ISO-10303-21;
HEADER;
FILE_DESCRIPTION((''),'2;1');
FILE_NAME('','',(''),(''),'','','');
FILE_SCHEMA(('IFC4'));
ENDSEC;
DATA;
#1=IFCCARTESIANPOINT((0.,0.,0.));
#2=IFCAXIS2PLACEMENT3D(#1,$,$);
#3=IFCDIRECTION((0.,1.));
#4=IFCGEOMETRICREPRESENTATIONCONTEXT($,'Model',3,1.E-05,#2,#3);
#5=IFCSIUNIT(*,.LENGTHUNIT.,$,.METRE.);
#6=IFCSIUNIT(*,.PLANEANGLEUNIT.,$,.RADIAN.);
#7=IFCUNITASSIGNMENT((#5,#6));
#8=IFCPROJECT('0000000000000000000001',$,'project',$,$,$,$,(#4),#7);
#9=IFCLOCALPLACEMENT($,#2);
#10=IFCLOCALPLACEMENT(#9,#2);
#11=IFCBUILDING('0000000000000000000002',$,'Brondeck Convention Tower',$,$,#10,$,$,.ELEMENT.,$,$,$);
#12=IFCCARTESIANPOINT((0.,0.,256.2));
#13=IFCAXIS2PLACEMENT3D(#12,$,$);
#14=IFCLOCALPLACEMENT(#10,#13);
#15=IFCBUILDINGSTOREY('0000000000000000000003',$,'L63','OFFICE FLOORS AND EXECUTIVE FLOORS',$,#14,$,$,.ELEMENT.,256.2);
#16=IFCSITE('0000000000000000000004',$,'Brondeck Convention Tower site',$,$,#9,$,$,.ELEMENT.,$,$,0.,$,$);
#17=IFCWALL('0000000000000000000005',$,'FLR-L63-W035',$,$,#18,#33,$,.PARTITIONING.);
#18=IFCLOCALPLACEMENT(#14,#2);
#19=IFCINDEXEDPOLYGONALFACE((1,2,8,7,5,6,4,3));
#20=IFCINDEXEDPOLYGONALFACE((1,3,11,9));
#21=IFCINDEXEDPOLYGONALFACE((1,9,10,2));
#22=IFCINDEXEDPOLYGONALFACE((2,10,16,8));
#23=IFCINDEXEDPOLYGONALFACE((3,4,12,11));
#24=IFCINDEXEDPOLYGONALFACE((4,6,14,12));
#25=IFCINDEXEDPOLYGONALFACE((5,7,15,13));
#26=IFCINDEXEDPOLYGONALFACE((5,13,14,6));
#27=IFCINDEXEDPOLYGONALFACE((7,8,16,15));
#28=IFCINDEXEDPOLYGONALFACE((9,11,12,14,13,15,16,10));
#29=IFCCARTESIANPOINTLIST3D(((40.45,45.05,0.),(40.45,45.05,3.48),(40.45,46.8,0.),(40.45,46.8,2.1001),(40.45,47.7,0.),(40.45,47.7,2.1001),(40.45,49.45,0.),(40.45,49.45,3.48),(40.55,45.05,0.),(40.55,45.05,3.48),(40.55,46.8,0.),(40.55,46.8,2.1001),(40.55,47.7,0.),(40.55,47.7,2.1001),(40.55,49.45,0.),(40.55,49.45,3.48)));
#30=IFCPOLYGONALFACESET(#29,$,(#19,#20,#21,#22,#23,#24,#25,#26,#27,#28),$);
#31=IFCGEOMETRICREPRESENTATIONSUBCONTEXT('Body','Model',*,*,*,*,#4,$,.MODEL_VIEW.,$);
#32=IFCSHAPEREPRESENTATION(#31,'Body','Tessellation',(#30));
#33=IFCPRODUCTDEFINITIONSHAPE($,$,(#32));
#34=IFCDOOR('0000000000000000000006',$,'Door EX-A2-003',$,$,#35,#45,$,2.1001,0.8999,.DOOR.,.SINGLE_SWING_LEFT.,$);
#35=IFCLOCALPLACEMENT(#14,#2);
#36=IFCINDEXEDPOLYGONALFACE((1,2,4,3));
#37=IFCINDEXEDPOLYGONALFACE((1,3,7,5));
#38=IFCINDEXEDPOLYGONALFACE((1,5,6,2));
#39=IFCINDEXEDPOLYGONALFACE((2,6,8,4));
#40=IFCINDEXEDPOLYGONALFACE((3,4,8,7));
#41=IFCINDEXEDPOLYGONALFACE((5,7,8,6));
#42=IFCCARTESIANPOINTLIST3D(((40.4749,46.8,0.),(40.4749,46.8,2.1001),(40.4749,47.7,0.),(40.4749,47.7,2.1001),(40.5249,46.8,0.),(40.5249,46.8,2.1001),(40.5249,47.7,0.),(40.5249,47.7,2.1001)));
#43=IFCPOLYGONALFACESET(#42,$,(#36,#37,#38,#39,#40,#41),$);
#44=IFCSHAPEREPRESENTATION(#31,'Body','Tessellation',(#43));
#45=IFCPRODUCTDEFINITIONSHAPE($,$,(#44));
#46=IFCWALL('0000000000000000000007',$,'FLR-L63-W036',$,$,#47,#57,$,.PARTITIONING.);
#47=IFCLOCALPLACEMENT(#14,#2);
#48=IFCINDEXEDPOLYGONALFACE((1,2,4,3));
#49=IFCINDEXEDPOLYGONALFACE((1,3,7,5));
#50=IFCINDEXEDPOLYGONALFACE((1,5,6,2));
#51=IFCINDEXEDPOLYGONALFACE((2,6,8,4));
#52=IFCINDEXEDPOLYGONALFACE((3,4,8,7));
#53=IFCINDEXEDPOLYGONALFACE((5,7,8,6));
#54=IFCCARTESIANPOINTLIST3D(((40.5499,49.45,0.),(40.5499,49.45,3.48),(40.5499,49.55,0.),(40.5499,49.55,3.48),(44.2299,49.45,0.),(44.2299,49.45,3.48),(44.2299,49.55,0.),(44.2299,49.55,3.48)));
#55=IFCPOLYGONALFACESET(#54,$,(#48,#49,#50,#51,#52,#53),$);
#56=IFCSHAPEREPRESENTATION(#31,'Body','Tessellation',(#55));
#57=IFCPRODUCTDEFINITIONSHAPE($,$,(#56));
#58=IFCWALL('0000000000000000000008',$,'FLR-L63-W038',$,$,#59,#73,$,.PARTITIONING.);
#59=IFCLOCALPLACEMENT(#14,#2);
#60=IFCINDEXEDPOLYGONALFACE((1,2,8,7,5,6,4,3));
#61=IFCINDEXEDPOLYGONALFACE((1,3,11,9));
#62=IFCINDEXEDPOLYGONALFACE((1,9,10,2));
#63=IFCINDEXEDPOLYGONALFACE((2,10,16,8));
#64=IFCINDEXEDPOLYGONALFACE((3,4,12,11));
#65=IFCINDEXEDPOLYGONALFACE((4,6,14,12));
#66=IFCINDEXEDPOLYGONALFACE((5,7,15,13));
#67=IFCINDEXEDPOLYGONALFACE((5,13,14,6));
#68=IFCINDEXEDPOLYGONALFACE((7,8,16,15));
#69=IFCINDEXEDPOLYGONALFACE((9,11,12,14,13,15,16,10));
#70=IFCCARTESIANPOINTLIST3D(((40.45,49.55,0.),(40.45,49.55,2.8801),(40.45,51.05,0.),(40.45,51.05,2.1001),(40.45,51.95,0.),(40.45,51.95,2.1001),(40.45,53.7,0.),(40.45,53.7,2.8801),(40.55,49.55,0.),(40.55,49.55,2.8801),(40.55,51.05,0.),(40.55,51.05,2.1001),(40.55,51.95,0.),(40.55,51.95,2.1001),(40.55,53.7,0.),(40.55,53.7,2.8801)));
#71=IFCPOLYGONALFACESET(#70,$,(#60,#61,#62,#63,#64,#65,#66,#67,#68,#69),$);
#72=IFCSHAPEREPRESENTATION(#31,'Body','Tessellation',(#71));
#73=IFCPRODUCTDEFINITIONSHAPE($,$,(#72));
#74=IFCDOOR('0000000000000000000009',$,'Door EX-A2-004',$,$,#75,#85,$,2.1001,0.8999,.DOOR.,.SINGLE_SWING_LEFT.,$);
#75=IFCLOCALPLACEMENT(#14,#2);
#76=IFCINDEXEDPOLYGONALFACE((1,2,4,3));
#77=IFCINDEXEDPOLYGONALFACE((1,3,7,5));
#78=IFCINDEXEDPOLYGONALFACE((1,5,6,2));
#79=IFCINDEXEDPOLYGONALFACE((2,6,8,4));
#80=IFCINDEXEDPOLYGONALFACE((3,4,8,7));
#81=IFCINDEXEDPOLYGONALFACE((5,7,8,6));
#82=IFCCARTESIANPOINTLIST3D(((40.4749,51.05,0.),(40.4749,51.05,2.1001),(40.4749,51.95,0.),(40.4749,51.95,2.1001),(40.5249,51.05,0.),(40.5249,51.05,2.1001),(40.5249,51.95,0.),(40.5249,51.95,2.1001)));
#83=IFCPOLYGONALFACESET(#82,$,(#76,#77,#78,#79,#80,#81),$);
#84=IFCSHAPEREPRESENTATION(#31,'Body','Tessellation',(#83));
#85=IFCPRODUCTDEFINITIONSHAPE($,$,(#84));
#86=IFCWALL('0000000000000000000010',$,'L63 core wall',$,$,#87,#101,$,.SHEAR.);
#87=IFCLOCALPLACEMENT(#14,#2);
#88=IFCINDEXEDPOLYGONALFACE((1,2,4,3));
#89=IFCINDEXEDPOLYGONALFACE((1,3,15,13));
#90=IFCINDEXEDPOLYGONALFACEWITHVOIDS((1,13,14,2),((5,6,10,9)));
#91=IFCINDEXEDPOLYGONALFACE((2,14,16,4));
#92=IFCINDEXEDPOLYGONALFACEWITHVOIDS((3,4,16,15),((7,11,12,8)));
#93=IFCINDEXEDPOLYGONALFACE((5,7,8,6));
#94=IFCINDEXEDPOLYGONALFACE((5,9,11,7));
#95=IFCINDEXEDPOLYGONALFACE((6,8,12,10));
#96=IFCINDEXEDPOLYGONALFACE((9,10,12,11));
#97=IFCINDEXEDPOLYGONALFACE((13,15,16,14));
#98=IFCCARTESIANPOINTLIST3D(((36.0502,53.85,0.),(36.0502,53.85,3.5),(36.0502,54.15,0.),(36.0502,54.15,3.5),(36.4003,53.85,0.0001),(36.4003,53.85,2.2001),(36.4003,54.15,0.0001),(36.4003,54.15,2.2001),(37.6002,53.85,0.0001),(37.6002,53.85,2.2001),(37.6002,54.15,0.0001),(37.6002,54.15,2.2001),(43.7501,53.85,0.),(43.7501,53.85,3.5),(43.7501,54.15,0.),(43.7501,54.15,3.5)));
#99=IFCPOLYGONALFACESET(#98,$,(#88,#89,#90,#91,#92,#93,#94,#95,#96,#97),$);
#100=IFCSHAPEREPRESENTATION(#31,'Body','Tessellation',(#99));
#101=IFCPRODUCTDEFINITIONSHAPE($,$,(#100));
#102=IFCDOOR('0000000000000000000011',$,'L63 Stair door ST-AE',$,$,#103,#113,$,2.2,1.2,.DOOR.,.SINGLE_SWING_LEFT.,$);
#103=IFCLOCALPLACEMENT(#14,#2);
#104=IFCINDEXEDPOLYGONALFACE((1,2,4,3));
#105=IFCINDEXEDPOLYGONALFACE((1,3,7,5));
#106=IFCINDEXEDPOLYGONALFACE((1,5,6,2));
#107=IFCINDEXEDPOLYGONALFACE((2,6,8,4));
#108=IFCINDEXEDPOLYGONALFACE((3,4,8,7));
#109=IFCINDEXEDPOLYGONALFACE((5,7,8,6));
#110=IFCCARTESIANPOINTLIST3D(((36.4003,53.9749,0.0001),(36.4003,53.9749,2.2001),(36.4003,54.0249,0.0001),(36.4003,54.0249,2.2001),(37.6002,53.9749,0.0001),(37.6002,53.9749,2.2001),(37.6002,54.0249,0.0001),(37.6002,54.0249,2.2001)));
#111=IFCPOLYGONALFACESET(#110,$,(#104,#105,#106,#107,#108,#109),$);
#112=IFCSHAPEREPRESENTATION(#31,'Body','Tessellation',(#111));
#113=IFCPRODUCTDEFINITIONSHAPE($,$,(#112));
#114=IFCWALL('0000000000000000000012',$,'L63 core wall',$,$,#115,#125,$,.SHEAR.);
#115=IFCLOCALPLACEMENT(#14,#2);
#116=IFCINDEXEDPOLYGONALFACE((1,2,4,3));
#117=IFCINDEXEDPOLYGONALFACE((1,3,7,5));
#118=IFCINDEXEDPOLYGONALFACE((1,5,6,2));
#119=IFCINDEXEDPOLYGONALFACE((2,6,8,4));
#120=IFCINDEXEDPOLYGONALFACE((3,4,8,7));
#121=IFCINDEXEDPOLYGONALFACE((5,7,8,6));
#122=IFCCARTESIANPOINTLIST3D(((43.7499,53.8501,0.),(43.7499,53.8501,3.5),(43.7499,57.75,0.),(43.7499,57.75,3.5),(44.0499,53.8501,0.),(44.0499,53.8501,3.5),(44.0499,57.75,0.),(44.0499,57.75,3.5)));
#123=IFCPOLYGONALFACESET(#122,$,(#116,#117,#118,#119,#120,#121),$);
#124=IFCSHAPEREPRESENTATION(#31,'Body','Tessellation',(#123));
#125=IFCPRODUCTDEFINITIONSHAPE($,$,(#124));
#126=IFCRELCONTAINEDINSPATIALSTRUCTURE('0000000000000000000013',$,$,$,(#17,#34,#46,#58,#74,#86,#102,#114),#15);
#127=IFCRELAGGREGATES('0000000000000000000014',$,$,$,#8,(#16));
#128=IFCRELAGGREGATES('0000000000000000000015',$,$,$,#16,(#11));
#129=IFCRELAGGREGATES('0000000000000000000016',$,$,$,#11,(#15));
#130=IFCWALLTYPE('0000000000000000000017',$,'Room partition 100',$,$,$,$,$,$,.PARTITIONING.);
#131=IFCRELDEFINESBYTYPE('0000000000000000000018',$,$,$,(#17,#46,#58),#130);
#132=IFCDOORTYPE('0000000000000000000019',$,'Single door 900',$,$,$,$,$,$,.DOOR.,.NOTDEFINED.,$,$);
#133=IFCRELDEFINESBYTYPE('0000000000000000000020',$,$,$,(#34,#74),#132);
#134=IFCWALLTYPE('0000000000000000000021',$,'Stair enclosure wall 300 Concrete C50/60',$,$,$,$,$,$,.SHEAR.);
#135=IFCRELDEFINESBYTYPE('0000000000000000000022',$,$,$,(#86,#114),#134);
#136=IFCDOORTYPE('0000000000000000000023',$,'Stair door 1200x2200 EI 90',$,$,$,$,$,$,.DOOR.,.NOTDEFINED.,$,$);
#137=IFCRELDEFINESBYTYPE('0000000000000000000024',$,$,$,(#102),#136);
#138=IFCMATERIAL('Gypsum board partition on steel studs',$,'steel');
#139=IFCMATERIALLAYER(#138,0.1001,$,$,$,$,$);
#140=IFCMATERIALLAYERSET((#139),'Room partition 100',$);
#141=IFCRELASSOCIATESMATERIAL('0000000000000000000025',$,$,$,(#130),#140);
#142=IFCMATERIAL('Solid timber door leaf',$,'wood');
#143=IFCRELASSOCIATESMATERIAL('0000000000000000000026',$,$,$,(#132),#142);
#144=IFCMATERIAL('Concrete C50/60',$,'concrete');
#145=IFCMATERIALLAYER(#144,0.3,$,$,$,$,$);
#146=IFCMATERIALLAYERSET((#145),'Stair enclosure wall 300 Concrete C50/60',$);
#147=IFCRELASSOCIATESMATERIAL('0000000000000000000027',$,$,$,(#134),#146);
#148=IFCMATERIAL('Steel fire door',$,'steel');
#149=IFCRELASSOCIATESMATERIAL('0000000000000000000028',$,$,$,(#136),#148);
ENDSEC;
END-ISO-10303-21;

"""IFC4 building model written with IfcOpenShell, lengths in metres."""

from ifc_helpers import new_model, si_unit, direction, frame, frame_2d, origin, place, context, subcontext, project, spatial, rectangle, extrude, material, layer, layer_set, type_object, element, fill, save


model = new_model("IFC4")

# Units and contexts
model_context = context("Model", 3, precision=1e-05, world=origin(), true_north=direction((0.0, 1.0)))
body_context = subcontext(model_context, "Body", "Model", "MODEL_VIEW")
ifc_project = project(units=[si_unit("LENGTHUNIT", "METRE"), si_unit("PLANEANGLEUNIT", "RADIAN")], contexts=[model_context])

# Site, building, storey
site_placement = place(None, origin())
site = spatial("IfcSite", under=ifc_project, at=site_placement, Name="Brondeck Convention Tower site", CompositionType="ELEMENT", RefElevation=0.0)
building_placement = place(site_placement, origin())
building = spatial("IfcBuilding", under=site, at=building_placement, Name="Brondeck Convention Tower", CompositionType="ELEMENT")
storey_placement = place(building_placement, frame((0.0, 0.0, 256.2)))
storey = spatial("IfcBuildingStorey", under=building, at=storey_placement, Name="L63", Description="OFFICE FLOORS AND EXECUTIVE FLOORS", CompositionType="ELEMENT", Elevation=256.2)

# Shared definitions
ifc_material_1 = material(Name="Concrete C50/60", Category="concrete")

# Shared definitions
ifc_material_2 = material(Name="Gypsum board partition on steel studs", Category="steel")
ifc_layer_1 = layer(ifc_material_2, 0.1001)
ifc_layer_set_1 = layer_set([ifc_layer_1], Name="Room partition 100")
wall_type_1 = type_object("IfcWallType", Name="Room partition 100", PredefinedType="PARTITIONING", material=ifc_layer_set_1)
ifc_material_3 = material(Name="Solid timber door leaf", Category="wood")
door_type_1 = type_object("IfcDoorType", Name="Single door 900", OperationType="NOTDEFINED", PredefinedType="DOOR", material=ifc_material_3)

# Wall, opening, door
wall_1_placement = place(storey_placement, frame((40.5, 49.45, 0.0), z_axis=(0.0, 0.0, 1.0), x_axis=(0.0, -1.0, 0.0)))
wall_1 = element("IfcWall", 1, at=wall_1_placement, inside=storey, type_object=wall_type_1, Name="FLR-L63-W035", PredefinedType="PARTITIONING", context=body_context, shape_type="SweptSolid", body=[
    extrude(rectangle(XDim=4.3999, YDim=0.1001, at=frame_2d((2.2, 0.0))), origin(), (0.0, 0.0, 1.0), 3.48),
])
opening_1_placement = place(wall_1_placement, frame((1.75, 0.0, 0.0)))
opening_1 = element("IfcOpeningElement", 2, at=opening_1_placement, cuts=wall_1, PredefinedType="OPENING", context=body_context, shape_type="SweptSolid", body=[
    extrude(rectangle(XDim=0.8999, YDim=2.1001, at=frame_2d((0.45, 1.05))), frame((0.0, 0.0601, 0.0), z_axis=(0.0, -1.0, 0.0), x_axis=(1.0, 0.0, 0.0)), (0.0, 0.0, 1.0), 0.1201),
])
door_1_placement = place(opening_1_placement, origin())
door_1 = element("IfcDoor", 3, at=door_1_placement, inside=storey, type_object=door_type_1, Name="Door EX-A2-003", OperationType="SINGLE_SWING_LEFT", OverallHeight=2.1001, OverallWidth=0.8999, PredefinedType="DOOR", context=body_context, shape_type="SweptSolid", body=[
    extrude(rectangle(XDim=0.8999, YDim=2.1001, at=frame_2d((0.45, 1.05))), frame((0.0, 0.0249, 0.0), z_axis=(0.0, -1.0, 0.0), x_axis=(1.0, 0.0, 0.0)), (0.0, 0.0, 1.0), 0.05),
])
fill(opening_1, door_1)

# Wall
wall_2_placement = place(storey_placement, frame((40.55, 49.5, 0.0), z_axis=(0.0, 0.0, 1.0), x_axis=(1.0, 0.0, 0.0)))
element("IfcWall", 4, at=wall_2_placement, inside=storey, type_object=wall_type_1, Name="FLR-L63-W036", PredefinedType="PARTITIONING", context=body_context, shape_type="SweptSolid", body=[
    extrude(rectangle(XDim=3.6799, YDim=0.1001, at=frame_2d((1.8398, 0.0))), origin(), (0.0, 0.0, 1.0), 3.48),
])

# Walls, openings, doors
wall_3_placement = place(storey_placement, frame((40.5, 53.7, 0.0), z_axis=(0.0, 0.0, 1.0), x_axis=(0.0, -1.0, 0.0)))
wall_3 = element("IfcWall", 5, at=wall_3_placement, inside=storey, type_object=wall_type_1, Name="FLR-L63-W038", PredefinedType="PARTITIONING", context=body_context, shape_type="SweptSolid", body=[
    extrude(rectangle(XDim=4.1499, YDim=0.1001, at=frame_2d((2.075, 0.0))), origin(), (0.0, 0.0, 1.0), 2.8801),
])
opening_2_placement = place(wall_3_placement, frame((1.75, 0.0, 0.0)))
opening_2 = element("IfcOpeningElement", 6, at=opening_2_placement, cuts=wall_3, PredefinedType="OPENING", context=body_context, shape_type="SweptSolid", body=[
    extrude(rectangle(XDim=0.8999, YDim=2.1001, at=frame_2d((0.45, 1.05))), frame((0.0, 0.0601, 0.0), z_axis=(0.0, -1.0, 0.0), x_axis=(1.0, 0.0, 0.0)), (0.0, 0.0, 1.0), 0.1201),
])
door_2_placement = place(opening_2_placement, origin())
door_2 = element("IfcDoor", 7, at=door_2_placement, inside=storey, type_object=door_type_1, Name="Door EX-A2-004", OperationType="SINGLE_SWING_LEFT", OverallHeight=2.1001, OverallWidth=0.8999, PredefinedType="DOOR", context=body_context, shape_type="SweptSolid", body=[
    extrude(rectangle(XDim=0.8999, YDim=2.1001, at=frame_2d((0.45, 1.05))), frame((0.0, 0.0249, 0.0), z_axis=(0.0, -1.0, 0.0), x_axis=(1.0, 0.0, 0.0)), (0.0, 0.0, 1.0), 0.05),
])
fill(opening_2, door_2)
ifc_layer_2 = layer(ifc_material_1, 0.3)
ifc_layer_set_2 = layer_set([ifc_layer_2], Name="Stair enclosure wall 300 Concrete C50/60")
wall_type_2 = type_object("IfcWallType", Name="Stair enclosure wall 300 Concrete C50/60", PredefinedType="SHEAR", material=ifc_layer_set_2)
wall_4_placement = place(storey_placement, frame((36.05, 54.0, 0.0), z_axis=(0.0, 0.0, 1.0), x_axis=(1.0, 0.0, 0.0)))
wall_4 = element("IfcWall", 8, at=wall_4_placement, inside=storey, type_object=wall_type_2, Name="L63 core wall", PredefinedType="SHEAR", context=body_context, shape_type="SweptSolid", body=[
    extrude(rectangle(XDim=7.7, YDim=0.3, at=frame_2d((3.8501, 0.0))), origin(), (0.0, 0.0, 1.0), 3.5),
])
opening_3_placement = place(wall_4_placement, frame((0.3501, 0.0, 0.0)))
opening_3 = element("IfcOpeningElement", 9, at=opening_3_placement, cuts=wall_4, PredefinedType="OPENING", context=body_context, shape_type="SweptSolid", body=[
    extrude(rectangle(XDim=1.2, YDim=2.2, at=frame_2d((0.6001, 1.1001))), frame((0.0, 0.1599, 0.0), z_axis=(0.0, -1.0, 0.0), x_axis=(1.0, 0.0, 0.0)), (0.0, 0.0, 1.0), 0.3201),
])
ifc_material_4 = material(Name="Steel fire door", Category="steel")
door_type_2 = type_object("IfcDoorType", Name="Stair door 1200x2200 EI 90", OperationType="NOTDEFINED", PredefinedType="DOOR", material=ifc_material_4)
door_3_placement = place(opening_3_placement, origin())
door_3 = element("IfcDoor", 10, at=door_3_placement, inside=storey, type_object=door_type_2, Name="L63 Stair door ST-AE", OperationType="SINGLE_SWING_LEFT", OverallHeight=2.2, OverallWidth=1.2, PredefinedType="DOOR", context=body_context, shape_type="SweptSolid", body=[
    extrude(rectangle(XDim=1.2, YDim=2.2, at=frame_2d((0.6001, 1.1001))), frame((0.0, 0.0249, 0.0), z_axis=(0.0, -1.0, 0.0), x_axis=(1.0, 0.0, 0.0)), (0.0, 0.0, 1.0), 0.05),
])
fill(opening_3, door_3)

# Wall
wall_5_placement = place(storey_placement, frame((43.8999, 53.8501, 0.0), z_axis=(0.0, 0.0, 1.0), x_axis=(0.0, 1.0, 0.0)))
element("IfcWall", 11, at=wall_5_placement, inside=storey, type_object=wall_type_2, Name="L63 core wall", PredefinedType="SHEAR", context=body_context, shape_type="SweptSolid", body=[
    extrude(rectangle(XDim=3.8999, YDim=0.3, at=frame_2d((1.95, 0.0))), origin(), (0.0, 0.0, 1.0), 3.5),
])

save(model, "model.ifc")
